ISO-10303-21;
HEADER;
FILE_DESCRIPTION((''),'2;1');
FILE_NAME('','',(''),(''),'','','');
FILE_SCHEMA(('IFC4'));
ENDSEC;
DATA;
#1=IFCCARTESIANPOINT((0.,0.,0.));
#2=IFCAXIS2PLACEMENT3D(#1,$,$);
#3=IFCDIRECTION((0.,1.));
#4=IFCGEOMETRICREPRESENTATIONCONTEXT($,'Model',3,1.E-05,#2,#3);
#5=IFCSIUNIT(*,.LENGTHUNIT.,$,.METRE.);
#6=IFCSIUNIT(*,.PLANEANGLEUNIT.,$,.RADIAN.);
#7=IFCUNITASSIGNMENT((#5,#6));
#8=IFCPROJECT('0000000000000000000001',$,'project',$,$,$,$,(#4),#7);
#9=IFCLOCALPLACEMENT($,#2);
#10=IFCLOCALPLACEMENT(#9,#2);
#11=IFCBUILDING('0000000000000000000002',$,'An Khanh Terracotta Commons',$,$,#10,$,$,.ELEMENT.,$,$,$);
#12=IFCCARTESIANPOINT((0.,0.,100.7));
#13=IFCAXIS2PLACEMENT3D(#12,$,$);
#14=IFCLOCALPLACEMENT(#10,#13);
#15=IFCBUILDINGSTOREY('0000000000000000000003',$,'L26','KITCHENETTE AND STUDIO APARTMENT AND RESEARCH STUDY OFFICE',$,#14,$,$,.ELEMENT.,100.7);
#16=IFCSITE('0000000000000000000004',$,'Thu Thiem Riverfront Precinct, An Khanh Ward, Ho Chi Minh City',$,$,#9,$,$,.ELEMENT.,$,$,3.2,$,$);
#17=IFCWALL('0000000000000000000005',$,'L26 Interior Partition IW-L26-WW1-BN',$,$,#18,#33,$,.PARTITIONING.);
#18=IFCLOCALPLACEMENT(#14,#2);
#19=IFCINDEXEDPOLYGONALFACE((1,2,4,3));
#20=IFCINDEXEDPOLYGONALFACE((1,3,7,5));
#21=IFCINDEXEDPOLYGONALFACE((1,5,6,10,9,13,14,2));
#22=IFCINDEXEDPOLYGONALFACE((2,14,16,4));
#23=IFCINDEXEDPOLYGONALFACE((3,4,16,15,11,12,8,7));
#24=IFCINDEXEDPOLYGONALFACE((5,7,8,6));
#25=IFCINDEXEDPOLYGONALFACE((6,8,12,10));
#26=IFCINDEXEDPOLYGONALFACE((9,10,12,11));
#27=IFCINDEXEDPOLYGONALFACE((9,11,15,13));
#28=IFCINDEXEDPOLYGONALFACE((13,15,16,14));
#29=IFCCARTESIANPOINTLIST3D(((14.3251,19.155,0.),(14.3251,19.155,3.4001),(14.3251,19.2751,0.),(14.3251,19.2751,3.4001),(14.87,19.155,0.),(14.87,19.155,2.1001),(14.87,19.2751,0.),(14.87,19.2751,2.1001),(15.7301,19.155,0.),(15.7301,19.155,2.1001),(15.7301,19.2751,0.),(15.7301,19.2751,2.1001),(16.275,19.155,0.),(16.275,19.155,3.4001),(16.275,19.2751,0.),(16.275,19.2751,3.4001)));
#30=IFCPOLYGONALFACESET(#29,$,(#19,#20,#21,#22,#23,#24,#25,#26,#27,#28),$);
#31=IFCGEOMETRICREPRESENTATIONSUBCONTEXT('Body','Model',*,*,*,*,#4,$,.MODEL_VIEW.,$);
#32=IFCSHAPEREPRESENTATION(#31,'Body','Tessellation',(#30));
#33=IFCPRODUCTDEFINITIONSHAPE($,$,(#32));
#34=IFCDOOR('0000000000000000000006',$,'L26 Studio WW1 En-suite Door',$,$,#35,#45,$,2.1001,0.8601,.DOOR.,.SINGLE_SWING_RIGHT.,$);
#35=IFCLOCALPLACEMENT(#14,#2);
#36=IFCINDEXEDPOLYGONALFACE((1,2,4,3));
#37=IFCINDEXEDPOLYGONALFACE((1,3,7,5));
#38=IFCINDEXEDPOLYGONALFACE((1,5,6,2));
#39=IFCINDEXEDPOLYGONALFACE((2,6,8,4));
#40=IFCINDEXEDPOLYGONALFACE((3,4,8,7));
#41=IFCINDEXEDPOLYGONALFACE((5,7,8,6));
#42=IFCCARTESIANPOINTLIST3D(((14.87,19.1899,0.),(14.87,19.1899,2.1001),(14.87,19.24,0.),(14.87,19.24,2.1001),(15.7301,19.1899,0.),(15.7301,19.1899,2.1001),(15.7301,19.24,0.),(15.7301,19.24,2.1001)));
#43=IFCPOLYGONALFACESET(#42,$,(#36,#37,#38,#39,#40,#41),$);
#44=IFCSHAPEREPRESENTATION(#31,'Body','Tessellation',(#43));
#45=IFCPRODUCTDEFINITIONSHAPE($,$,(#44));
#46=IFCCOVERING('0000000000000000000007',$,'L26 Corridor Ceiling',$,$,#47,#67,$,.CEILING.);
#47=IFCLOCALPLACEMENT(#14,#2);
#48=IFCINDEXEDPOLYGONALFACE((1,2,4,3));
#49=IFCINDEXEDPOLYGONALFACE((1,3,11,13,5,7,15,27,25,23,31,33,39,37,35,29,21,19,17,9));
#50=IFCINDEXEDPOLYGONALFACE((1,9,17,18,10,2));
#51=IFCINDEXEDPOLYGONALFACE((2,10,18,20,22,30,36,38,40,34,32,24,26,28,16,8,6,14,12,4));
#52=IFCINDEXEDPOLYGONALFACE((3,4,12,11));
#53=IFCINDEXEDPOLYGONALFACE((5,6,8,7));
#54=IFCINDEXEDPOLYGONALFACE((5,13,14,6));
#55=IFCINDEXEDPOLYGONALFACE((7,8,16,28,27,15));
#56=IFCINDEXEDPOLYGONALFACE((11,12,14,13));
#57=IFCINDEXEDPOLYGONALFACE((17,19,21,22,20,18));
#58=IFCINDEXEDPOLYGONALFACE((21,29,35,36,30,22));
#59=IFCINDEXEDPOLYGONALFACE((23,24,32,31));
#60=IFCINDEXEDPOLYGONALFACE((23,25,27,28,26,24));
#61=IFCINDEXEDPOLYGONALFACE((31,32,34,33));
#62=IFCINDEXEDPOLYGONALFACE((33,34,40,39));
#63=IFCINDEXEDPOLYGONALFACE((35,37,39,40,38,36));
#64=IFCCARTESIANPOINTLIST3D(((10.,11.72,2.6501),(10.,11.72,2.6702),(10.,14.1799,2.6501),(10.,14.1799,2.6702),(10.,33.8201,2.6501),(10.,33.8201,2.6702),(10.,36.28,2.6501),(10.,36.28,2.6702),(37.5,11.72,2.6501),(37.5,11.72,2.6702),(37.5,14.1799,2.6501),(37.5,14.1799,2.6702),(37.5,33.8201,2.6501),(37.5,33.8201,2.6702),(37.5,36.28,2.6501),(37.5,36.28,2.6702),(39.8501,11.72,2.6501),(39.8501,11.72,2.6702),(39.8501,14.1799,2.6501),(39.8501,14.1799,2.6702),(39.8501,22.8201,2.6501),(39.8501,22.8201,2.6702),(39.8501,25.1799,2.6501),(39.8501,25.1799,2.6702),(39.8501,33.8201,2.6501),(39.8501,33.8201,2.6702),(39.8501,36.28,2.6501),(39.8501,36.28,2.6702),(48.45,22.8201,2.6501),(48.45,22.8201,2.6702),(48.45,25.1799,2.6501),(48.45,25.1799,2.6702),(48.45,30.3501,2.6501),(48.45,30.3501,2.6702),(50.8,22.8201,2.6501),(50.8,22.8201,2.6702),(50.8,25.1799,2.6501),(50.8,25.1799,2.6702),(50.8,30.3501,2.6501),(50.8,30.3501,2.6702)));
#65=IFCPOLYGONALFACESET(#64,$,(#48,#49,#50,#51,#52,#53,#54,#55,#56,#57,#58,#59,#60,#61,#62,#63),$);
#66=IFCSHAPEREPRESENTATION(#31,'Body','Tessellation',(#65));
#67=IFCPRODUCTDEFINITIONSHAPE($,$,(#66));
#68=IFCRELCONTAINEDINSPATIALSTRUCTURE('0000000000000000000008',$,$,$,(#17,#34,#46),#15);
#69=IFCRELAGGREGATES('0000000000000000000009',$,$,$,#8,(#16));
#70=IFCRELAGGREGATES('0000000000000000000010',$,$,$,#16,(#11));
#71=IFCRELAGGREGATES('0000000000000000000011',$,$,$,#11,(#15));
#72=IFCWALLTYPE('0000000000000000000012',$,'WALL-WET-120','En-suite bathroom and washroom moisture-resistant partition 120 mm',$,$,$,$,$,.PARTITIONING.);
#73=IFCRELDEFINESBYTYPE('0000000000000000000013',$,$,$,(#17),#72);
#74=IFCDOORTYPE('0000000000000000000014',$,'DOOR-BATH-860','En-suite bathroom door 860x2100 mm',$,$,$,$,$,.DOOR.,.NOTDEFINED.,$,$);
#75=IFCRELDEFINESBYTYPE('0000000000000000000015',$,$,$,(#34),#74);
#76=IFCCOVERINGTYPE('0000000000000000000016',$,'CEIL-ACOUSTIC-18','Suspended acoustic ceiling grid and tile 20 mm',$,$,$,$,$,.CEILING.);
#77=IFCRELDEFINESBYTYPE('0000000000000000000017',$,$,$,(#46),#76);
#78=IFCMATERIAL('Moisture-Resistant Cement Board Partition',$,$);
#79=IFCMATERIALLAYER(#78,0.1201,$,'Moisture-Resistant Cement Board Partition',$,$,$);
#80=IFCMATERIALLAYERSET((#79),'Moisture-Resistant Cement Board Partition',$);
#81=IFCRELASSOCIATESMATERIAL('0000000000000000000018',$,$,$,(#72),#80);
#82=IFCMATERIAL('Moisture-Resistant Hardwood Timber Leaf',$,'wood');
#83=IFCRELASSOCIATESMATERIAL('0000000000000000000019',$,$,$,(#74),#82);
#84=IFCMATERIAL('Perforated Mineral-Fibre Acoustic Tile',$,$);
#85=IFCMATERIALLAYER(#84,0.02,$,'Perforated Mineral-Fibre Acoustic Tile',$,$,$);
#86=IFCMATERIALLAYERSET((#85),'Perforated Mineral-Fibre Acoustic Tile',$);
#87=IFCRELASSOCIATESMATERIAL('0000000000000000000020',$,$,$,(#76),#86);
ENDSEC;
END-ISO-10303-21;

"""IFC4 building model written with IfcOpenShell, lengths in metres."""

from ifc_helpers import new_model, si_unit, direction, frame, frame_2d, origin, place, context, subcontext, project, spatial, polyline, rectangle, outline, extrude, material, layer, layer_set, type_object, element, fill, save


model = new_model("IFC4")

# Units and contexts
model_context = context("Model", 3, precision=1e-05, world=origin(), true_north=direction((0.0, 1.0)))
body_context = subcontext(model_context, "Body", "Model", "MODEL_VIEW")
ifc_project = project(units=[si_unit("LENGTHUNIT", "METRE"), si_unit("PLANEANGLEUNIT", "RADIAN")], contexts=[model_context])

# Site, building, storey
site_placement = place(None, origin())
site = spatial("IfcSite", under=ifc_project, at=site_placement, Name="Thu Thiem Riverfront Precinct, An Khanh Ward, Ho Chi Minh City", CompositionType="ELEMENT", RefElevation=3.2)
building_placement = place(site_placement, origin())
building = spatial("IfcBuilding", under=site, at=building_placement, Name="An Khanh Terracotta Commons", CompositionType="ELEMENT")
storey_placement = place(building_placement, frame((0.0, 0.0, 100.7)))
storey = spatial("IfcBuildingStorey", under=building, at=storey_placement, Name="L26", Description="KITCHENETTE AND STUDIO APARTMENT AND RESEARCH STUDY OFFICE", CompositionType="ELEMENT", Elevation=100.7)

# Wall, opening, door
ifc_material_1 = material(Name="Moisture-Resistant Cement Board Partition")
ifc_layer_1 = layer(ifc_material_1, 0.1201, Name="Moisture-Resistant Cement Board Partition")
ifc_layer_set_1 = layer_set([ifc_layer_1], Name="Moisture-Resistant Cement Board Partition")
wall_type_1 = type_object("IfcWallType", Name="WALL-WET-120", Description="En-suite bathroom and washroom moisture-resistant partition 120 mm", PredefinedType="PARTITIONING", material=ifc_layer_set_1)
wall_1_placement = place(storey_placement, frame((14.325, 19.2151, 0.0), z_axis=(0.0, 0.0, 1.0), x_axis=(1.0, 0.0, 0.0)))
wall_1 = element("IfcWall", 1, at=wall_1_placement, inside=storey, type_object=wall_type_1, Name="L26 Interior Partition IW-L26-WW1-BN", PredefinedType="PARTITIONING", context=body_context, shape_type="SweptSolid", body=[
    extrude(rectangle(XDim=1.95, YDim=0.1201, at=frame_2d((0.9751, 0.0))), origin(), (0.0, 0.0, 1.0), 3.4001),
])
opening_1_placement = place(wall_1_placement, frame((0.5449, 0.0, 0.0)))
opening_1 = element("IfcOpeningElement", 2, at=opening_1_placement, cuts=wall_1, PredefinedType="OPENING", context=body_context, shape_type="SweptSolid", body=[
    extrude(rectangle(XDim=0.8601, YDim=2.1001, at=frame_2d((0.4302, 1.05))), frame((0.0, 0.0701, 0.0), z_axis=(0.0, -1.0, 0.0), x_axis=(1.0, 0.0, 0.0)), (0.0, 0.0, 1.0), 0.1401),
])
ifc_material_2 = material(Name="Moisture-Resistant Hardwood Timber Leaf", Category="wood")
door_type_1 = type_object("IfcDoorType", Name="DOOR-BATH-860", Description="En-suite bathroom door 860x2100 mm", OperationType="NOTDEFINED", PredefinedType="DOOR", material=ifc_material_2)
door_1_placement = place(opening_1_placement, origin())
door_1 = element("IfcDoor", 3, at=door_1_placement, inside=storey, type_object=door_type_1, Name="L26 Studio WW1 En-suite Door", OperationType="SINGLE_SWING_RIGHT", OverallHeight=2.1001, OverallWidth=0.8601, PredefinedType="DOOR", context=body_context, shape_type="SweptSolid", body=[
    extrude(rectangle(XDim=0.8601, YDim=2.1001, at=frame_2d((0.4302, 1.05))), frame((0.0, 0.0249, 0.0), z_axis=(0.0, -1.0, 0.0), x_axis=(1.0, 0.0, 0.0)), (0.0, 0.0, 1.0), 0.05),
])
fill(opening_1, door_1)

# Covering
ifc_material_3 = material(Name="Perforated Mineral-Fibre Acoustic Tile")
ifc_layer_2 = layer(ifc_material_3, 0.02, Name="Perforated Mineral-Fibre Acoustic Tile")
ifc_layer_set_2 = layer_set([ifc_layer_2], Name="Perforated Mineral-Fibre Acoustic Tile")
covering_type = type_object("IfcCoveringType", Name="CEIL-ACOUSTIC-18", Description="Suspended acoustic ceiling grid and tile 20 mm", PredefinedType="CEILING", material=ifc_layer_set_2)
covering_placement = place(storey_placement, frame((0.0, 0.0, 2.6501)))
element("IfcCovering", 4, at=covering_placement, inside=storey, type_object=covering_type, Name="L26 Corridor Ceiling", PredefinedType="CEILING", context=body_context, shape_type="SweptSolid", body=[
    extrude(outline(polyline([(10.0, 11.72), (10.0, 14.1799), (37.5, 14.1799), (37.5, 33.8201), (10.0, 33.8201), (10.0, 36.28), (37.5, 36.28), (39.8501, 36.28), (39.8501, 33.8201), (39.8501, 25.1799), (48.45, 25.1799), (48.45, 30.3501), (50.8, 30.3501), (50.8, 25.1799), (50.8, 22.8201), (48.45, 22.8201), (39.8501, 22.8201), (39.8501, 14.1799), (39.8501, 11.72), (37.5, 11.72), (10.0, 11.72)])), origin(), (0.0, 0.0, 1.0), 0.02),
])

save(model, "model.ifc")
